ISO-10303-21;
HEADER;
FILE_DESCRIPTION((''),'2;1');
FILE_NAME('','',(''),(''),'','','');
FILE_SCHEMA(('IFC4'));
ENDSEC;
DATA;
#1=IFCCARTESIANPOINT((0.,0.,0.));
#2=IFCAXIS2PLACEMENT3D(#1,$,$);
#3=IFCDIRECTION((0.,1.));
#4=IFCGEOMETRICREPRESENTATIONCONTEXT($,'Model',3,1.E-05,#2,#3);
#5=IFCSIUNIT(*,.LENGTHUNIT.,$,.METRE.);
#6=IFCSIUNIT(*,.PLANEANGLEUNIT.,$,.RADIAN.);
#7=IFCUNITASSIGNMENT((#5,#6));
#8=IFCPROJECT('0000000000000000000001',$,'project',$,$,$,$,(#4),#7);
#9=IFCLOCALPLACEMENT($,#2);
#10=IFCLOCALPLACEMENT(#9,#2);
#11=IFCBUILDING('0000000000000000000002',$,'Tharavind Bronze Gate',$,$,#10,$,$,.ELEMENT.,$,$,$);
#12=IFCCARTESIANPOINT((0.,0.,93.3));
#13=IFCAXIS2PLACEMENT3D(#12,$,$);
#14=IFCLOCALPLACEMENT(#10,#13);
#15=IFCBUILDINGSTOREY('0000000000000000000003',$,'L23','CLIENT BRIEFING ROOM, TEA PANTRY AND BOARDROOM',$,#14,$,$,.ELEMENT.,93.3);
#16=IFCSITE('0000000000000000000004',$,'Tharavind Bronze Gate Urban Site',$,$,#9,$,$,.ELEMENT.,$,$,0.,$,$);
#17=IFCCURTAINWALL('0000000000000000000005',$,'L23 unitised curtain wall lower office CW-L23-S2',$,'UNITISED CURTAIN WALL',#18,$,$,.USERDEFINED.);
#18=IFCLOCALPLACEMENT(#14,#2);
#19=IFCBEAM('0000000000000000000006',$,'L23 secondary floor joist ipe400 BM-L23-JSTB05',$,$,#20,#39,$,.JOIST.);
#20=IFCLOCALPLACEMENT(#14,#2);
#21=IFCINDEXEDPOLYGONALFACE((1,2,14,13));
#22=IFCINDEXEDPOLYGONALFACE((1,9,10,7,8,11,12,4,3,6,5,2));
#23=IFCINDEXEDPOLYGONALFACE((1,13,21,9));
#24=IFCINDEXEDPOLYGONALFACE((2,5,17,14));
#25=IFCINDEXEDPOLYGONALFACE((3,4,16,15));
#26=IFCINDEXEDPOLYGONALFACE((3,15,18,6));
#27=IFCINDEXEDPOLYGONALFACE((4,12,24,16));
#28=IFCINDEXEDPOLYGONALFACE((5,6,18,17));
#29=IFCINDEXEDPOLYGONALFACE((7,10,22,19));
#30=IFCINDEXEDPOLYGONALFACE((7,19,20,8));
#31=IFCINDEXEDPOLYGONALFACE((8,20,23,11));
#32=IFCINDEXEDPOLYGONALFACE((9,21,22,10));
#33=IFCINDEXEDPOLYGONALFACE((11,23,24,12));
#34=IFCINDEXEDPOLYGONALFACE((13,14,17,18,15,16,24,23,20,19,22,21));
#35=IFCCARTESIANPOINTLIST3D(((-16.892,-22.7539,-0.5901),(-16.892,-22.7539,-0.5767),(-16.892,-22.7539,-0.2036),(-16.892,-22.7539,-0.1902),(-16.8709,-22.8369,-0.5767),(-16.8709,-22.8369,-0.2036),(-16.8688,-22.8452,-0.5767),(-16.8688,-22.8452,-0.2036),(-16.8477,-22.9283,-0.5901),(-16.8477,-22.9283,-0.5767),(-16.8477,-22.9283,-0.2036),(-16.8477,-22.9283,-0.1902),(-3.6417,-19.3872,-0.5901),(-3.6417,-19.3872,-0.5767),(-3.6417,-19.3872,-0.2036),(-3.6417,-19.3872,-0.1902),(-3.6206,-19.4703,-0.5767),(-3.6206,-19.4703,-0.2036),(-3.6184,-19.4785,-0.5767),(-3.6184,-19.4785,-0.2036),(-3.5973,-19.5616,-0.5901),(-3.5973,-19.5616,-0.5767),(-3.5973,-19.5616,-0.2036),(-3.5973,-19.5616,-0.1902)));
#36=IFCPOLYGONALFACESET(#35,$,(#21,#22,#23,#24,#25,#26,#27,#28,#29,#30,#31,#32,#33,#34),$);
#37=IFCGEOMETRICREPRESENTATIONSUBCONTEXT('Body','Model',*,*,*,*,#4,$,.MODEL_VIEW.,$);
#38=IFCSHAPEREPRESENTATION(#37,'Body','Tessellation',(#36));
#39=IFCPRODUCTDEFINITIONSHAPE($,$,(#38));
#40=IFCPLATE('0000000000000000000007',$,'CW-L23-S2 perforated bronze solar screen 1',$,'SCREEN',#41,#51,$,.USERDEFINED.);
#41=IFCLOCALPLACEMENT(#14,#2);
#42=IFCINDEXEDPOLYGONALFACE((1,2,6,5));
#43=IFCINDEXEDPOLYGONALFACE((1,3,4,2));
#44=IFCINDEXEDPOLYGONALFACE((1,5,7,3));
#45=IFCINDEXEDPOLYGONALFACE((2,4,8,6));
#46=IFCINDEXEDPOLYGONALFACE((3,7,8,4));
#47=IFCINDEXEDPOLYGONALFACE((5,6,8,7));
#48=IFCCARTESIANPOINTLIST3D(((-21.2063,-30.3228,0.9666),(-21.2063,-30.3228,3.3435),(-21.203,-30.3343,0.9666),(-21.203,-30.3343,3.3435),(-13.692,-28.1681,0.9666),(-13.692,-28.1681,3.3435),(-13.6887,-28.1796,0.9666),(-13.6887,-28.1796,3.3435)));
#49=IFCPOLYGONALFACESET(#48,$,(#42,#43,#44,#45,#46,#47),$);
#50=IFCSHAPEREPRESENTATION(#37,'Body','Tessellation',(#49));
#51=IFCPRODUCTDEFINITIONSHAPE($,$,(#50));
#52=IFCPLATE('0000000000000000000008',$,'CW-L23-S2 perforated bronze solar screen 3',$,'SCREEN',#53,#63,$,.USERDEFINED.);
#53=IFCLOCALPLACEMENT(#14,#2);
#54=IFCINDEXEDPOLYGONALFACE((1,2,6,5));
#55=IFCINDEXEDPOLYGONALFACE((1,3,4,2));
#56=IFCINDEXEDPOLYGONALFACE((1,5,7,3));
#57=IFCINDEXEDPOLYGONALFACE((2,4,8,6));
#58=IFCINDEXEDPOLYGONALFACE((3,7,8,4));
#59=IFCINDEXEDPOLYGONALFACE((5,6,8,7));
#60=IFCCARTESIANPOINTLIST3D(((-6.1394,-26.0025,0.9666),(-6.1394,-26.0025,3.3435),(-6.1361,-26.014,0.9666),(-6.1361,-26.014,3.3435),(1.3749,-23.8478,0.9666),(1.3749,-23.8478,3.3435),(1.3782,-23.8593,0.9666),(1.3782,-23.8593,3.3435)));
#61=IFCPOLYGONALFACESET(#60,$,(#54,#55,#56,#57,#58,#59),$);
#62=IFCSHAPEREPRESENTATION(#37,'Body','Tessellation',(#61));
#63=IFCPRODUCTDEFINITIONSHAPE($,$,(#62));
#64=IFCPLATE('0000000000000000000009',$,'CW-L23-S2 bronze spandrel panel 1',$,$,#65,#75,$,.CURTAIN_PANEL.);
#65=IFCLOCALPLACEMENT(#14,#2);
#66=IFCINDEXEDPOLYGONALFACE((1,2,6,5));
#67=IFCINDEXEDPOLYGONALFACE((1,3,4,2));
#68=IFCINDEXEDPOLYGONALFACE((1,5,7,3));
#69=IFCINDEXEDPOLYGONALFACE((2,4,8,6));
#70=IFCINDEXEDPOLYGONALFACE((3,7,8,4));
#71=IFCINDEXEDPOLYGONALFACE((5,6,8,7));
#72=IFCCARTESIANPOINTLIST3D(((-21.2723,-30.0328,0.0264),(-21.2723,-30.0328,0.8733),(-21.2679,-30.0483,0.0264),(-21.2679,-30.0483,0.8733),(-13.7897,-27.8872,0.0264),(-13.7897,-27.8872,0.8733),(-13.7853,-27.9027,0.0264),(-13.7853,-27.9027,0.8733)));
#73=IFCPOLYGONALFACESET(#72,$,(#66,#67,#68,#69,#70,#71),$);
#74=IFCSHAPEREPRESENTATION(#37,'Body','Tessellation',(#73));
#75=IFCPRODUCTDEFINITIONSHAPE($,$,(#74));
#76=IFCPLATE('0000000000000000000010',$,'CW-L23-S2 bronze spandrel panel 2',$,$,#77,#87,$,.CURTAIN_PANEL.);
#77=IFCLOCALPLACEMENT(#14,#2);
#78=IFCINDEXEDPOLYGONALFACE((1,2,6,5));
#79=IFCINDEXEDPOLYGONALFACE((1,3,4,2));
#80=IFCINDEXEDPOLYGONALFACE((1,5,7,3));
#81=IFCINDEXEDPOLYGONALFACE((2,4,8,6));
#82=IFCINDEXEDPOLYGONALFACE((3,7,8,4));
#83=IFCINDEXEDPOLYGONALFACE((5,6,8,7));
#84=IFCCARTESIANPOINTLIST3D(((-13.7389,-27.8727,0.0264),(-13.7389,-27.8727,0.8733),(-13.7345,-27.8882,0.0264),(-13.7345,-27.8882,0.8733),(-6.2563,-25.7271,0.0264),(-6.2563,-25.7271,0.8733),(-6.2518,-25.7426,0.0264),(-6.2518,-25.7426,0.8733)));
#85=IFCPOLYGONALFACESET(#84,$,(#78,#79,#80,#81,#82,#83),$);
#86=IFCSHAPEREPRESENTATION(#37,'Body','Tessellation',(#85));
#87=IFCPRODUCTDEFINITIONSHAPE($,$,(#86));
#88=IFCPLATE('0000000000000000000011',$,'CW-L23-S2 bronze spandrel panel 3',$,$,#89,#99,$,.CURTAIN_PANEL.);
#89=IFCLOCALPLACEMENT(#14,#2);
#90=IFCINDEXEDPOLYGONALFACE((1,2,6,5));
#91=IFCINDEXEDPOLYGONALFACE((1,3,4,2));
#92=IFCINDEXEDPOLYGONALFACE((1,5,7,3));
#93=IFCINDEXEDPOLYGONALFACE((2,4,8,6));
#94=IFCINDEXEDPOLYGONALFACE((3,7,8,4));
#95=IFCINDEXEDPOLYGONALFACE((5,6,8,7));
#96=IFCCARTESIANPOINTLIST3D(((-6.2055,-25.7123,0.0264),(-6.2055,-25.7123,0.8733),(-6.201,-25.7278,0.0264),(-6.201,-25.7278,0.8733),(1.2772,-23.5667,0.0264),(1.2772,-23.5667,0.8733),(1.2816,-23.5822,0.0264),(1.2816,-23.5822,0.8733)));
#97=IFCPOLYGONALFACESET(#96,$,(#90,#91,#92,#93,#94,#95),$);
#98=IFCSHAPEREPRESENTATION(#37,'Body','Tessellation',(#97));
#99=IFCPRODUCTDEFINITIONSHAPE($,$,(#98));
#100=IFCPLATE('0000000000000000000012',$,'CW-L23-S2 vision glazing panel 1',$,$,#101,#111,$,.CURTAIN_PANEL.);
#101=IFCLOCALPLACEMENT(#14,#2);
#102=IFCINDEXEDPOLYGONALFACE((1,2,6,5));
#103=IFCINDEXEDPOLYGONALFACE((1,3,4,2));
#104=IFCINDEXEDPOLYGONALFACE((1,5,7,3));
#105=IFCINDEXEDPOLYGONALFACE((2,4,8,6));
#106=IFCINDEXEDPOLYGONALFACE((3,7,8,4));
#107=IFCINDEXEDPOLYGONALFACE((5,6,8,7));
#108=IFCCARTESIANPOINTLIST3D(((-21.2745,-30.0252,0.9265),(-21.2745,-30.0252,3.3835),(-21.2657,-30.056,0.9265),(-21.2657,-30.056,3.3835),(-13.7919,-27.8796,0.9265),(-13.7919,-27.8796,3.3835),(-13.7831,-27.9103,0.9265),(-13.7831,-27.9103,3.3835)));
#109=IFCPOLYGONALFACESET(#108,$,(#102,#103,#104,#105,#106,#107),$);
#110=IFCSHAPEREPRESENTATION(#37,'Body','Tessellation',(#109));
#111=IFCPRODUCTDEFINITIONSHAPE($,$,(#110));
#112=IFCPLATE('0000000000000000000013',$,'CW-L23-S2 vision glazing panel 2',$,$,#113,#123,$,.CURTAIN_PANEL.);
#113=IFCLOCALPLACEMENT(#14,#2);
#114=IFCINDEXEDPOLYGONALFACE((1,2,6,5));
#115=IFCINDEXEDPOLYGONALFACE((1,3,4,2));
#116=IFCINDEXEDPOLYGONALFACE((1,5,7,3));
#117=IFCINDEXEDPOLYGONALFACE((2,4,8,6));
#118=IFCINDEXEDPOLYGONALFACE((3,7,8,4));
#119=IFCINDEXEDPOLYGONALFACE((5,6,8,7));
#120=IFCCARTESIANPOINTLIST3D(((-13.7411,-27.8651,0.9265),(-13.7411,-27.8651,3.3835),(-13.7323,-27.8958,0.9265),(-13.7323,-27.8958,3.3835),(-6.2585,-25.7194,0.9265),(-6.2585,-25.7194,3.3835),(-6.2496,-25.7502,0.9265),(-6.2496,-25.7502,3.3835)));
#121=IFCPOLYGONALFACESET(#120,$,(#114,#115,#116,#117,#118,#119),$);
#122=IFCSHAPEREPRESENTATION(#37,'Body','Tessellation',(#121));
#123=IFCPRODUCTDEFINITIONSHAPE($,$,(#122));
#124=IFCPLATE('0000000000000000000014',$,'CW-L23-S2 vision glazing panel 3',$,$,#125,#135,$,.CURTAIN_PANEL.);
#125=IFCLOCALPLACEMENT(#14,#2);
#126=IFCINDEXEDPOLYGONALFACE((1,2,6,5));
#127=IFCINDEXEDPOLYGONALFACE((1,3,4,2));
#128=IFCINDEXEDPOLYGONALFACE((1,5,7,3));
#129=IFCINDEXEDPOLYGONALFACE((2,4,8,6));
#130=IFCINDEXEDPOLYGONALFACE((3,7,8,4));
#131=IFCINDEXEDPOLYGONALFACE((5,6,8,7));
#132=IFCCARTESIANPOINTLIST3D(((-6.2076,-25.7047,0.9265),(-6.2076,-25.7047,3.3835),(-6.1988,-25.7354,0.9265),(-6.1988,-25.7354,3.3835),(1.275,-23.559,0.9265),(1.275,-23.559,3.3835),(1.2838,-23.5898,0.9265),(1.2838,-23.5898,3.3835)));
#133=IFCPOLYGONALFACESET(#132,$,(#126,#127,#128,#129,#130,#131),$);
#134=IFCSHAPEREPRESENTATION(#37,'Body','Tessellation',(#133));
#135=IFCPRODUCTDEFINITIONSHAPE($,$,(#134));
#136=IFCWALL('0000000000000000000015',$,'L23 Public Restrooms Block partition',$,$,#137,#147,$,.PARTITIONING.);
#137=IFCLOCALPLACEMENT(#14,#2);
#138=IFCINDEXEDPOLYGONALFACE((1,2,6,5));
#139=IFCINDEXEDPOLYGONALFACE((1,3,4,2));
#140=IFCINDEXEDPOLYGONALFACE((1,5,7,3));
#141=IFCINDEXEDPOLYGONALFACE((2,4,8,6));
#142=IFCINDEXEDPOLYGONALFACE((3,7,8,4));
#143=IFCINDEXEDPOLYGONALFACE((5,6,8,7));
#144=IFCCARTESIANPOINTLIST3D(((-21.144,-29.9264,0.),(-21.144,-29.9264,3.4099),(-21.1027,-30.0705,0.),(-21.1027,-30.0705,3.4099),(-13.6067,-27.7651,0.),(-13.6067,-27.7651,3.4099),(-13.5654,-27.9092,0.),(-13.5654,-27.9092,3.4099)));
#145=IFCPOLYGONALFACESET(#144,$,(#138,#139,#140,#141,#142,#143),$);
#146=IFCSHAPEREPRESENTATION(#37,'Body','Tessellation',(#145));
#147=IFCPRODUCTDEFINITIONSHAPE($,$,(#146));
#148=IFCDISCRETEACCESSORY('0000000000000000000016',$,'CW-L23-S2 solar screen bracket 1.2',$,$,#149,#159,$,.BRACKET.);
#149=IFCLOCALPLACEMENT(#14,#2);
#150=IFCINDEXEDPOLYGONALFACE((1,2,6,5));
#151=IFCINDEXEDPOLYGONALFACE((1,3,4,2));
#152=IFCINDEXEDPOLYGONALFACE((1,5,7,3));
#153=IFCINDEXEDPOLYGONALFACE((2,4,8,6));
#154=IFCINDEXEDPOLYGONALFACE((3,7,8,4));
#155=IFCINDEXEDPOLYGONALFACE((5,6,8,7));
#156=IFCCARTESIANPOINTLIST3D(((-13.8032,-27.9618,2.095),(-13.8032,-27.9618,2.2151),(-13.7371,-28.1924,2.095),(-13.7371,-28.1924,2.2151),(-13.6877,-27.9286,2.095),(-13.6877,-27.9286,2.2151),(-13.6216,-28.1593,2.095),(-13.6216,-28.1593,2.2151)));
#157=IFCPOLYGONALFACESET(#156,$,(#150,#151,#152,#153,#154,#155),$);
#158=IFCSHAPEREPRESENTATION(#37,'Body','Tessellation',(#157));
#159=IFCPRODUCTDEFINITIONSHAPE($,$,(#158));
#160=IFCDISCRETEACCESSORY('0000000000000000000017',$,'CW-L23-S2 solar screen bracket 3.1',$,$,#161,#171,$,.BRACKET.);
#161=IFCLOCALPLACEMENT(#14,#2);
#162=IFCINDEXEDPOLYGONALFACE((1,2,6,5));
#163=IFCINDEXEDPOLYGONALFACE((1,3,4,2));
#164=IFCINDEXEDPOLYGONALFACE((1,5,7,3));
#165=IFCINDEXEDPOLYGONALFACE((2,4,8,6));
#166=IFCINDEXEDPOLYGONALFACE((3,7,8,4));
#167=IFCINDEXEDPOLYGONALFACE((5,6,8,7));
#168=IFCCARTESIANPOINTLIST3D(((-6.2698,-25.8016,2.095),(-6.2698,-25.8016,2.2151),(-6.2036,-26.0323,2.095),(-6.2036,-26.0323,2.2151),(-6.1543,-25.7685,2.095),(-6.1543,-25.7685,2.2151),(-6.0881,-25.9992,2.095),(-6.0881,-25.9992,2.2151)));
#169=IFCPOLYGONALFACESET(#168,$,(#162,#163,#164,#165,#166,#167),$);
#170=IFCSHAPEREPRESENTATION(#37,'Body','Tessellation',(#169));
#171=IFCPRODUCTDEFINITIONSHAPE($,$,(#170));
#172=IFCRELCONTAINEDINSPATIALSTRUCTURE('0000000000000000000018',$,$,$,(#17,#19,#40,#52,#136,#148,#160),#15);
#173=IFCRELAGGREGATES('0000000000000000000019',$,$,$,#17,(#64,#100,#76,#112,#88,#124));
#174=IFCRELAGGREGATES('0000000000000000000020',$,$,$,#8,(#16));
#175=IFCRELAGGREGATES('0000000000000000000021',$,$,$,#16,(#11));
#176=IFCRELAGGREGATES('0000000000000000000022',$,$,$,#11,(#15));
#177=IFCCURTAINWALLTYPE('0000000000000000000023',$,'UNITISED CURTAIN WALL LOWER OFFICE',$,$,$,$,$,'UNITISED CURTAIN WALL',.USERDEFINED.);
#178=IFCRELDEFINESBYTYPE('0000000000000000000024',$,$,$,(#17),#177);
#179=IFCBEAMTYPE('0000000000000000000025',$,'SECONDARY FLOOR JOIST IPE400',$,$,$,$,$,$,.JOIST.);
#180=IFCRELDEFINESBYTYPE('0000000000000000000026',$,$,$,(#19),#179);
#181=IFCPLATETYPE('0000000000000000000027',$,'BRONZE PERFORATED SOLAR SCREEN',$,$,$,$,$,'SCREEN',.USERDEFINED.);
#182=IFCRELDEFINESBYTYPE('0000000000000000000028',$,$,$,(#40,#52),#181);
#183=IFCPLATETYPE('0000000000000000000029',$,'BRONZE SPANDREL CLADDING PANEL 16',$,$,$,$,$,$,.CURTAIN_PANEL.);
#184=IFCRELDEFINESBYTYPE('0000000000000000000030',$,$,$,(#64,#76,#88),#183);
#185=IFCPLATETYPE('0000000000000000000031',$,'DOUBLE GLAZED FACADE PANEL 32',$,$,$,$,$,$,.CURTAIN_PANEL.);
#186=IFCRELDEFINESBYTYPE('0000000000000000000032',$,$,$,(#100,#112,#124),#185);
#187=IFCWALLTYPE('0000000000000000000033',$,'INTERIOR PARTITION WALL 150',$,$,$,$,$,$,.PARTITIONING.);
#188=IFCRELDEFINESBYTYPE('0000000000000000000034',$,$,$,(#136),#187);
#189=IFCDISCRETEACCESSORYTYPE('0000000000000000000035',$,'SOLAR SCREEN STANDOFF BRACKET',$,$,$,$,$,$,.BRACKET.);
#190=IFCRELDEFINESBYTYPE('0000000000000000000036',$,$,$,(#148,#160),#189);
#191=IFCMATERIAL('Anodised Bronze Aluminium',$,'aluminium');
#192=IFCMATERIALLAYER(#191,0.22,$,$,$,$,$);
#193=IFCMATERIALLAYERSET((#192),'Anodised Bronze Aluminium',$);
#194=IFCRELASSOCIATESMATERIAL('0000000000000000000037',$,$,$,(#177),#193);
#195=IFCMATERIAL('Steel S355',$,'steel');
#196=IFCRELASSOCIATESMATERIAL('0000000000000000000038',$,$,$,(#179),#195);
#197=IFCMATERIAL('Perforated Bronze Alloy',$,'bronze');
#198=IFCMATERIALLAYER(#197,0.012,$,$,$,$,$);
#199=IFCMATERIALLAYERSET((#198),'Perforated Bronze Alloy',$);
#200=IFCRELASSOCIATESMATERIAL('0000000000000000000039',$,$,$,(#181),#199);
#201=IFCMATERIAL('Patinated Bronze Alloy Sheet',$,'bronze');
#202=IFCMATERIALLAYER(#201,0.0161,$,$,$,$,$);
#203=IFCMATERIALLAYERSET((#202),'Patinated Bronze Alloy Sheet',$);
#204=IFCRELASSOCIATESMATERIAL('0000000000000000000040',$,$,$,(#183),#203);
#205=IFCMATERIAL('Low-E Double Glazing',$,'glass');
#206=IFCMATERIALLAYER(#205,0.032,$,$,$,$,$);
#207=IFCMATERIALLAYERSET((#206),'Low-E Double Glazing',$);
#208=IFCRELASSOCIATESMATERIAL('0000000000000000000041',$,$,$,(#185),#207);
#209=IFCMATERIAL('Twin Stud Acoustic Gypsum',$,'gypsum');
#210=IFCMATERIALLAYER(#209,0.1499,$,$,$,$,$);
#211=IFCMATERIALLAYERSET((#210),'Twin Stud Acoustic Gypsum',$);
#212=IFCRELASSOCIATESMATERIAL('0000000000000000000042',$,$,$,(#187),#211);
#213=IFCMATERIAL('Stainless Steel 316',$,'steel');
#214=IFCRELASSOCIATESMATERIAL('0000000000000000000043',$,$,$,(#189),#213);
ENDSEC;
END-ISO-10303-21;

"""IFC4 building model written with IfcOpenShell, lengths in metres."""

from ifc_helpers import new_model, si_unit, direction, frame, frame_2d, origin, origin_2d, place, context, subcontext, project, spatial, rectangle, i_section, extrude, material, layer, layer_set, material_profile, profile_set, type_object, element, aggregate, save


model = new_model("IFC4")

# Units and contexts
model_context = context("Model", 3, precision=1e-05, world=origin(), true_north=direction((0.0, 1.0)))
body_context = subcontext(model_context, "Body", "Model", "MODEL_VIEW")
ifc_project = project(units=[si_unit("LENGTHUNIT", "METRE"), si_unit("PLANEANGLEUNIT", "RADIAN")], contexts=[model_context])

# Site, building, storey
site_placement = place(None, origin())
site = spatial("IfcSite", under=ifc_project, at=site_placement, Name="Tharavind Bronze Gate Urban Site", CompositionType="ELEMENT", RefElevation=0.0)
building_placement = place(site_placement, origin())
building = spatial("IfcBuilding", under=site, at=building_placement, Name="Tharavind Bronze Gate", CompositionType="ELEMENT")
storey_placement = place(building_placement, frame((0.0, 0.0, 93.3)))
storey = spatial("IfcBuildingStorey", under=building, at=storey_placement, Name="L23", Description="CLIENT BRIEFING ROOM, TEA PANTRY AND BOARDROOM", CompositionType="ELEMENT", Elevation=93.3)

# Curtain wall
ifc_material_1 = material(Name="Anodised Bronze Aluminium", Category="aluminium")
ifc_layer_1 = layer(ifc_material_1, 0.22)
ifc_layer_set_1 = layer_set([ifc_layer_1], Name="Anodised Bronze Aluminium")
curtain_wall_type = type_object("IfcCurtainWallType", Name="UNITISED CURTAIN WALL LOWER OFFICE", ElementType="UNITISED CURTAIN WALL", PredefinedType="USERDEFINED", material=ifc_layer_set_1)
curtain_wall_placement = place(storey_placement, origin())
curtain_wall = element("IfcCurtainWall", 1, at=curtain_wall_placement, inside=storey, type_object=curtain_wall_type, Name="L23 unitised curtain wall lower office CW-L23-S2", ObjectType="UNITISED CURTAIN WALL", PredefinedType="USERDEFINED")

# Beam
ifc_material_2 = material(Name="Steel S355", Category="steel")
ifc_material_profile_1 = material_profile(ifc_material_2, i_section(OverallWidth=0.1799, OverallDepth=0.3999, WebThickness=0.0085, FlangeThickness=0.0134, at=origin_2d()), Name="IPE400")
ifc_profile_set_1 = profile_set([ifc_material_profile_1], Name="Steel S355")
beam_type_1 = type_object("IfcBeamType", Name="SECONDARY FLOOR JOIST IPE400", PredefinedType="JOIST", material=ifc_profile_set_1)
beam_1_placement = place(storey_placement, frame((-16.8699, -22.8411, -0.3901), z_axis=(0.969205, 0.246257, 0.0), x_axis=(-0.246257, 0.969205, 0.0)))
element("IfcBeam", 2, at=beam_1_placement, inside=storey, type_object=beam_type_1, Name="L23 secondary floor joist ipe400 BM-L23-JSTB05", PredefinedType="JOIST", context=body_context, shape_type="SweptSolid", body=[
    extrude(i_section(OverallWidth=0.1799, OverallDepth=0.3999, WebThickness=0.0085, FlangeThickness=0.0134, at=origin_2d()), origin(), (0.0, 0.0, 1.0), 13.6714),
])

# Plates
ifc_material_3 = material(Name="Perforated Bronze Alloy", Category="bronze")
ifc_layer_2 = layer(ifc_material_3, 0.012)
ifc_layer_set_2 = layer_set([ifc_layer_2], Name="Perforated Bronze Alloy")
plate_type_1 = type_object("IfcPlateType", Name="BRONZE PERFORATED SOLAR SCREEN", ElementType="SCREEN", PredefinedType="USERDEFINED", material=ifc_layer_set_2)
for number, where, z_axis, x_axis, name in (
    (3, (-17.4475, -29.2512, 0.9666), (0.0, 0.0, 1.0), (0.961262, 0.275637, 0.0), "CW-L23-S2 perforated bronze solar screen 1"),
    (4, (-2.3806, -24.9309, 0.9666), (0.0, 0.0, 1.0), (0.961262, 0.275637, 0.0), "CW-L23-S2 perforated bronze solar screen 3"),
):
    element("IfcPlate", number, at=place(storey_placement, frame(where, z_axis=z_axis, x_axis=x_axis)), inside=storey, type_object=plate_type_1, Name=name, ObjectType="SCREEN", PredefinedType="USERDEFINED", context=body_context, shape_type="SweptSolid", body=[
        extrude(rectangle(XDim=7.8171, YDim=0.012, at=origin_2d()), origin(), (0.0, 0.0, 1.0), 2.377),
    ])

# Plates
ifc_material_4 = material(Name="Patinated Bronze Alloy Sheet", Category="bronze")
ifc_layer_3 = layer(ifc_material_4, 0.0161)
ifc_layer_set_3 = layer_set([ifc_layer_3], Name="Patinated Bronze Alloy Sheet")
plate_type_2 = type_object("IfcPlateType", Name="BRONZE SPANDREL CLADDING PANEL 16", PredefinedType="CURTAIN_PANEL", material=ifc_layer_set_3)
plate_1_placement = place(storey_placement, frame((-17.5288, -28.9678, 0.0264), z_axis=(0.0, 0.0, 1.0), x_axis=(0.961262, 0.275637, 0.0)))
plate_1 = element("IfcPlate", 5, at=plate_1_placement, type_object=plate_type_2, Name="CW-L23-S2 bronze spandrel panel 1", PredefinedType="CURTAIN_PANEL", context=body_context, shape_type="SweptSolid", body=[
    extrude(rectangle(XDim=7.7842, YDim=0.0161, at=origin_2d()), origin(), (0.0, 0.0, 1.0), 0.8469),
])
plate_2_placement = place(storey_placement, frame((-9.9954, -26.8076, 0.0264), z_axis=(0.0, 0.0, 1.0), x_axis=(0.961262, 0.275637, 0.0)))
plate_2 = element("IfcPlate", 6, at=plate_2_placement, type_object=plate_type_2, Name="CW-L23-S2 bronze spandrel panel 2", PredefinedType="CURTAIN_PANEL", context=body_context, shape_type="SweptSolid", body=[
    extrude(rectangle(XDim=7.7842, YDim=0.0161, at=origin_2d()), origin(), (0.0, 0.0, 1.0), 0.8469),
])
plate_3_placement = place(storey_placement, frame((-2.4619, -24.6472, 0.0264), z_axis=(0.0, 0.0, 1.0), x_axis=(0.961262, 0.275637, 0.0)))
plate_3 = element("IfcPlate", 7, at=plate_3_placement, type_object=plate_type_2, Name="CW-L23-S2 bronze spandrel panel 3", PredefinedType="CURTAIN_PANEL", context=body_context, shape_type="SweptSolid", body=[
    extrude(rectangle(XDim=7.7842, YDim=0.0161, at=origin_2d()), origin(), (0.0, 0.0, 1.0), 0.8469),
])
ifc_material_5 = material(Name="Low-E Double Glazing", Category="glass")
ifc_layer_4 = layer(ifc_material_5, 0.032)
ifc_layer_set_4 = layer_set([ifc_layer_4], Name="Low-E Double Glazing")
plate_type_3 = type_object("IfcPlateType", Name="DOUBLE GLAZED FACADE PANEL 32", PredefinedType="CURTAIN_PANEL", material=ifc_layer_set_4)
plate_4_placement = place(storey_placement, frame((-17.5288, -28.9678, 0.9265), z_axis=(0.0, 0.0, 1.0), x_axis=(0.961262, 0.275637, 0.0)))
plate_4 = element("IfcPlate", 8, at=plate_4_placement, type_object=plate_type_3, Name="CW-L23-S2 vision glazing panel 1", PredefinedType="CURTAIN_PANEL", context=body_context, shape_type="SweptSolid", body=[
    extrude(rectangle(XDim=7.7842, YDim=0.032, at=origin_2d()), origin(), (0.0, 0.0, 1.0), 2.457),
])
plate_5_placement = place(storey_placement, frame((-9.9954, -26.8076, 0.9265), z_axis=(0.0, 0.0, 1.0), x_axis=(0.961262, 0.275637, 0.0)))
plate_5 = element("IfcPlate", 9, at=plate_5_placement, type_object=plate_type_3, Name="CW-L23-S2 vision glazing panel 2", PredefinedType="CURTAIN_PANEL", context=body_context, shape_type="SweptSolid", body=[
    extrude(rectangle(XDim=7.7842, YDim=0.032, at=origin_2d()), origin(), (0.0, 0.0, 1.0), 2.457),
])
plate_6_placement = place(storey_placement, frame((-2.4619, -24.6472, 0.9265), z_axis=(0.0, 0.0, 1.0), x_axis=(0.961262, 0.275637, 0.0)))
plate_6 = element("IfcPlate", 10, at=plate_6_placement, type_object=plate_type_3, Name="CW-L23-S2 vision glazing panel 3", PredefinedType="CURTAIN_PANEL", context=body_context, shape_type="SweptSolid", body=[
    extrude(rectangle(XDim=7.7842, YDim=0.032, at=origin_2d()), origin(), (0.0, 0.0, 1.0), 2.457),
])
aggregate(curtain_wall, [plate_1, plate_4, plate_2, plate_5, plate_3, plate_6])

# Wall
ifc_material_6 = material(Name="Twin Stud Acoustic Gypsum", Category="gypsum")
ifc_layer_5 = layer(ifc_material_6, 0.1499)
ifc_layer_set_5 = layer_set([ifc_layer_5], Name="Twin Stud Acoustic Gypsum")
wall_type = type_object("IfcWallType", Name="INTERIOR PARTITION WALL 150", PredefinedType="PARTITIONING", material=ifc_layer_set_5)
wall_placement = place(storey_placement, frame((-13.5862, -27.8372, 0.0), z_axis=(0.0, 0.0, 1.0), x_axis=(-0.961259, -0.275646, 0.0)))
element("IfcWall", 11, at=wall_placement, inside=storey, type_object=wall_type, Name="L23 Public Restrooms Block partition", PredefinedType="PARTITIONING", context=body_context, shape_type="SweptSolid", body=[
    extrude(rectangle(XDim=7.8411, YDim=0.1499, at=frame_2d((3.9204, 0.0))), origin(), (0.0, 0.0, 1.0), 3.4099),
])

# Discrete accessories
ifc_material_7 = material(Name="Stainless Steel 316", Category="steel")
discrete_accessory_type = type_object("IfcDiscreteAccessoryType", Name="SOLAR SCREEN STANDOFF BRACKET", PredefinedType="BRACKET", material=ifc_material_7)
for number, where, z_axis, x_axis, name in (
    (12, (-13.7124, -28.0605, 2.095), (0.0, 0.0, 1.0), (0.961262, 0.275637, 0.0), "CW-L23-S2 solar screen bracket 1.2"),
    (13, (-6.179, -25.9004, 2.095), (0.0, 0.0, 1.0), (0.961262, 0.275637, 0.0), "CW-L23-S2 solar screen bracket 3.1"),
):
    element("IfcDiscreteAccessory", number, at=place(storey_placement, frame(where, z_axis=z_axis, x_axis=x_axis)), inside=storey, type_object=discrete_accessory_type, Name=name, PredefinedType="BRACKET", context=body_context, shape_type="SweptSolid", body=[
        extrude(rectangle(XDim=0.1201, YDim=0.24, at=origin_2d()), origin(), (0.0, 0.0, 1.0), 0.1201),
    ])

save(model, "model.ifc")
